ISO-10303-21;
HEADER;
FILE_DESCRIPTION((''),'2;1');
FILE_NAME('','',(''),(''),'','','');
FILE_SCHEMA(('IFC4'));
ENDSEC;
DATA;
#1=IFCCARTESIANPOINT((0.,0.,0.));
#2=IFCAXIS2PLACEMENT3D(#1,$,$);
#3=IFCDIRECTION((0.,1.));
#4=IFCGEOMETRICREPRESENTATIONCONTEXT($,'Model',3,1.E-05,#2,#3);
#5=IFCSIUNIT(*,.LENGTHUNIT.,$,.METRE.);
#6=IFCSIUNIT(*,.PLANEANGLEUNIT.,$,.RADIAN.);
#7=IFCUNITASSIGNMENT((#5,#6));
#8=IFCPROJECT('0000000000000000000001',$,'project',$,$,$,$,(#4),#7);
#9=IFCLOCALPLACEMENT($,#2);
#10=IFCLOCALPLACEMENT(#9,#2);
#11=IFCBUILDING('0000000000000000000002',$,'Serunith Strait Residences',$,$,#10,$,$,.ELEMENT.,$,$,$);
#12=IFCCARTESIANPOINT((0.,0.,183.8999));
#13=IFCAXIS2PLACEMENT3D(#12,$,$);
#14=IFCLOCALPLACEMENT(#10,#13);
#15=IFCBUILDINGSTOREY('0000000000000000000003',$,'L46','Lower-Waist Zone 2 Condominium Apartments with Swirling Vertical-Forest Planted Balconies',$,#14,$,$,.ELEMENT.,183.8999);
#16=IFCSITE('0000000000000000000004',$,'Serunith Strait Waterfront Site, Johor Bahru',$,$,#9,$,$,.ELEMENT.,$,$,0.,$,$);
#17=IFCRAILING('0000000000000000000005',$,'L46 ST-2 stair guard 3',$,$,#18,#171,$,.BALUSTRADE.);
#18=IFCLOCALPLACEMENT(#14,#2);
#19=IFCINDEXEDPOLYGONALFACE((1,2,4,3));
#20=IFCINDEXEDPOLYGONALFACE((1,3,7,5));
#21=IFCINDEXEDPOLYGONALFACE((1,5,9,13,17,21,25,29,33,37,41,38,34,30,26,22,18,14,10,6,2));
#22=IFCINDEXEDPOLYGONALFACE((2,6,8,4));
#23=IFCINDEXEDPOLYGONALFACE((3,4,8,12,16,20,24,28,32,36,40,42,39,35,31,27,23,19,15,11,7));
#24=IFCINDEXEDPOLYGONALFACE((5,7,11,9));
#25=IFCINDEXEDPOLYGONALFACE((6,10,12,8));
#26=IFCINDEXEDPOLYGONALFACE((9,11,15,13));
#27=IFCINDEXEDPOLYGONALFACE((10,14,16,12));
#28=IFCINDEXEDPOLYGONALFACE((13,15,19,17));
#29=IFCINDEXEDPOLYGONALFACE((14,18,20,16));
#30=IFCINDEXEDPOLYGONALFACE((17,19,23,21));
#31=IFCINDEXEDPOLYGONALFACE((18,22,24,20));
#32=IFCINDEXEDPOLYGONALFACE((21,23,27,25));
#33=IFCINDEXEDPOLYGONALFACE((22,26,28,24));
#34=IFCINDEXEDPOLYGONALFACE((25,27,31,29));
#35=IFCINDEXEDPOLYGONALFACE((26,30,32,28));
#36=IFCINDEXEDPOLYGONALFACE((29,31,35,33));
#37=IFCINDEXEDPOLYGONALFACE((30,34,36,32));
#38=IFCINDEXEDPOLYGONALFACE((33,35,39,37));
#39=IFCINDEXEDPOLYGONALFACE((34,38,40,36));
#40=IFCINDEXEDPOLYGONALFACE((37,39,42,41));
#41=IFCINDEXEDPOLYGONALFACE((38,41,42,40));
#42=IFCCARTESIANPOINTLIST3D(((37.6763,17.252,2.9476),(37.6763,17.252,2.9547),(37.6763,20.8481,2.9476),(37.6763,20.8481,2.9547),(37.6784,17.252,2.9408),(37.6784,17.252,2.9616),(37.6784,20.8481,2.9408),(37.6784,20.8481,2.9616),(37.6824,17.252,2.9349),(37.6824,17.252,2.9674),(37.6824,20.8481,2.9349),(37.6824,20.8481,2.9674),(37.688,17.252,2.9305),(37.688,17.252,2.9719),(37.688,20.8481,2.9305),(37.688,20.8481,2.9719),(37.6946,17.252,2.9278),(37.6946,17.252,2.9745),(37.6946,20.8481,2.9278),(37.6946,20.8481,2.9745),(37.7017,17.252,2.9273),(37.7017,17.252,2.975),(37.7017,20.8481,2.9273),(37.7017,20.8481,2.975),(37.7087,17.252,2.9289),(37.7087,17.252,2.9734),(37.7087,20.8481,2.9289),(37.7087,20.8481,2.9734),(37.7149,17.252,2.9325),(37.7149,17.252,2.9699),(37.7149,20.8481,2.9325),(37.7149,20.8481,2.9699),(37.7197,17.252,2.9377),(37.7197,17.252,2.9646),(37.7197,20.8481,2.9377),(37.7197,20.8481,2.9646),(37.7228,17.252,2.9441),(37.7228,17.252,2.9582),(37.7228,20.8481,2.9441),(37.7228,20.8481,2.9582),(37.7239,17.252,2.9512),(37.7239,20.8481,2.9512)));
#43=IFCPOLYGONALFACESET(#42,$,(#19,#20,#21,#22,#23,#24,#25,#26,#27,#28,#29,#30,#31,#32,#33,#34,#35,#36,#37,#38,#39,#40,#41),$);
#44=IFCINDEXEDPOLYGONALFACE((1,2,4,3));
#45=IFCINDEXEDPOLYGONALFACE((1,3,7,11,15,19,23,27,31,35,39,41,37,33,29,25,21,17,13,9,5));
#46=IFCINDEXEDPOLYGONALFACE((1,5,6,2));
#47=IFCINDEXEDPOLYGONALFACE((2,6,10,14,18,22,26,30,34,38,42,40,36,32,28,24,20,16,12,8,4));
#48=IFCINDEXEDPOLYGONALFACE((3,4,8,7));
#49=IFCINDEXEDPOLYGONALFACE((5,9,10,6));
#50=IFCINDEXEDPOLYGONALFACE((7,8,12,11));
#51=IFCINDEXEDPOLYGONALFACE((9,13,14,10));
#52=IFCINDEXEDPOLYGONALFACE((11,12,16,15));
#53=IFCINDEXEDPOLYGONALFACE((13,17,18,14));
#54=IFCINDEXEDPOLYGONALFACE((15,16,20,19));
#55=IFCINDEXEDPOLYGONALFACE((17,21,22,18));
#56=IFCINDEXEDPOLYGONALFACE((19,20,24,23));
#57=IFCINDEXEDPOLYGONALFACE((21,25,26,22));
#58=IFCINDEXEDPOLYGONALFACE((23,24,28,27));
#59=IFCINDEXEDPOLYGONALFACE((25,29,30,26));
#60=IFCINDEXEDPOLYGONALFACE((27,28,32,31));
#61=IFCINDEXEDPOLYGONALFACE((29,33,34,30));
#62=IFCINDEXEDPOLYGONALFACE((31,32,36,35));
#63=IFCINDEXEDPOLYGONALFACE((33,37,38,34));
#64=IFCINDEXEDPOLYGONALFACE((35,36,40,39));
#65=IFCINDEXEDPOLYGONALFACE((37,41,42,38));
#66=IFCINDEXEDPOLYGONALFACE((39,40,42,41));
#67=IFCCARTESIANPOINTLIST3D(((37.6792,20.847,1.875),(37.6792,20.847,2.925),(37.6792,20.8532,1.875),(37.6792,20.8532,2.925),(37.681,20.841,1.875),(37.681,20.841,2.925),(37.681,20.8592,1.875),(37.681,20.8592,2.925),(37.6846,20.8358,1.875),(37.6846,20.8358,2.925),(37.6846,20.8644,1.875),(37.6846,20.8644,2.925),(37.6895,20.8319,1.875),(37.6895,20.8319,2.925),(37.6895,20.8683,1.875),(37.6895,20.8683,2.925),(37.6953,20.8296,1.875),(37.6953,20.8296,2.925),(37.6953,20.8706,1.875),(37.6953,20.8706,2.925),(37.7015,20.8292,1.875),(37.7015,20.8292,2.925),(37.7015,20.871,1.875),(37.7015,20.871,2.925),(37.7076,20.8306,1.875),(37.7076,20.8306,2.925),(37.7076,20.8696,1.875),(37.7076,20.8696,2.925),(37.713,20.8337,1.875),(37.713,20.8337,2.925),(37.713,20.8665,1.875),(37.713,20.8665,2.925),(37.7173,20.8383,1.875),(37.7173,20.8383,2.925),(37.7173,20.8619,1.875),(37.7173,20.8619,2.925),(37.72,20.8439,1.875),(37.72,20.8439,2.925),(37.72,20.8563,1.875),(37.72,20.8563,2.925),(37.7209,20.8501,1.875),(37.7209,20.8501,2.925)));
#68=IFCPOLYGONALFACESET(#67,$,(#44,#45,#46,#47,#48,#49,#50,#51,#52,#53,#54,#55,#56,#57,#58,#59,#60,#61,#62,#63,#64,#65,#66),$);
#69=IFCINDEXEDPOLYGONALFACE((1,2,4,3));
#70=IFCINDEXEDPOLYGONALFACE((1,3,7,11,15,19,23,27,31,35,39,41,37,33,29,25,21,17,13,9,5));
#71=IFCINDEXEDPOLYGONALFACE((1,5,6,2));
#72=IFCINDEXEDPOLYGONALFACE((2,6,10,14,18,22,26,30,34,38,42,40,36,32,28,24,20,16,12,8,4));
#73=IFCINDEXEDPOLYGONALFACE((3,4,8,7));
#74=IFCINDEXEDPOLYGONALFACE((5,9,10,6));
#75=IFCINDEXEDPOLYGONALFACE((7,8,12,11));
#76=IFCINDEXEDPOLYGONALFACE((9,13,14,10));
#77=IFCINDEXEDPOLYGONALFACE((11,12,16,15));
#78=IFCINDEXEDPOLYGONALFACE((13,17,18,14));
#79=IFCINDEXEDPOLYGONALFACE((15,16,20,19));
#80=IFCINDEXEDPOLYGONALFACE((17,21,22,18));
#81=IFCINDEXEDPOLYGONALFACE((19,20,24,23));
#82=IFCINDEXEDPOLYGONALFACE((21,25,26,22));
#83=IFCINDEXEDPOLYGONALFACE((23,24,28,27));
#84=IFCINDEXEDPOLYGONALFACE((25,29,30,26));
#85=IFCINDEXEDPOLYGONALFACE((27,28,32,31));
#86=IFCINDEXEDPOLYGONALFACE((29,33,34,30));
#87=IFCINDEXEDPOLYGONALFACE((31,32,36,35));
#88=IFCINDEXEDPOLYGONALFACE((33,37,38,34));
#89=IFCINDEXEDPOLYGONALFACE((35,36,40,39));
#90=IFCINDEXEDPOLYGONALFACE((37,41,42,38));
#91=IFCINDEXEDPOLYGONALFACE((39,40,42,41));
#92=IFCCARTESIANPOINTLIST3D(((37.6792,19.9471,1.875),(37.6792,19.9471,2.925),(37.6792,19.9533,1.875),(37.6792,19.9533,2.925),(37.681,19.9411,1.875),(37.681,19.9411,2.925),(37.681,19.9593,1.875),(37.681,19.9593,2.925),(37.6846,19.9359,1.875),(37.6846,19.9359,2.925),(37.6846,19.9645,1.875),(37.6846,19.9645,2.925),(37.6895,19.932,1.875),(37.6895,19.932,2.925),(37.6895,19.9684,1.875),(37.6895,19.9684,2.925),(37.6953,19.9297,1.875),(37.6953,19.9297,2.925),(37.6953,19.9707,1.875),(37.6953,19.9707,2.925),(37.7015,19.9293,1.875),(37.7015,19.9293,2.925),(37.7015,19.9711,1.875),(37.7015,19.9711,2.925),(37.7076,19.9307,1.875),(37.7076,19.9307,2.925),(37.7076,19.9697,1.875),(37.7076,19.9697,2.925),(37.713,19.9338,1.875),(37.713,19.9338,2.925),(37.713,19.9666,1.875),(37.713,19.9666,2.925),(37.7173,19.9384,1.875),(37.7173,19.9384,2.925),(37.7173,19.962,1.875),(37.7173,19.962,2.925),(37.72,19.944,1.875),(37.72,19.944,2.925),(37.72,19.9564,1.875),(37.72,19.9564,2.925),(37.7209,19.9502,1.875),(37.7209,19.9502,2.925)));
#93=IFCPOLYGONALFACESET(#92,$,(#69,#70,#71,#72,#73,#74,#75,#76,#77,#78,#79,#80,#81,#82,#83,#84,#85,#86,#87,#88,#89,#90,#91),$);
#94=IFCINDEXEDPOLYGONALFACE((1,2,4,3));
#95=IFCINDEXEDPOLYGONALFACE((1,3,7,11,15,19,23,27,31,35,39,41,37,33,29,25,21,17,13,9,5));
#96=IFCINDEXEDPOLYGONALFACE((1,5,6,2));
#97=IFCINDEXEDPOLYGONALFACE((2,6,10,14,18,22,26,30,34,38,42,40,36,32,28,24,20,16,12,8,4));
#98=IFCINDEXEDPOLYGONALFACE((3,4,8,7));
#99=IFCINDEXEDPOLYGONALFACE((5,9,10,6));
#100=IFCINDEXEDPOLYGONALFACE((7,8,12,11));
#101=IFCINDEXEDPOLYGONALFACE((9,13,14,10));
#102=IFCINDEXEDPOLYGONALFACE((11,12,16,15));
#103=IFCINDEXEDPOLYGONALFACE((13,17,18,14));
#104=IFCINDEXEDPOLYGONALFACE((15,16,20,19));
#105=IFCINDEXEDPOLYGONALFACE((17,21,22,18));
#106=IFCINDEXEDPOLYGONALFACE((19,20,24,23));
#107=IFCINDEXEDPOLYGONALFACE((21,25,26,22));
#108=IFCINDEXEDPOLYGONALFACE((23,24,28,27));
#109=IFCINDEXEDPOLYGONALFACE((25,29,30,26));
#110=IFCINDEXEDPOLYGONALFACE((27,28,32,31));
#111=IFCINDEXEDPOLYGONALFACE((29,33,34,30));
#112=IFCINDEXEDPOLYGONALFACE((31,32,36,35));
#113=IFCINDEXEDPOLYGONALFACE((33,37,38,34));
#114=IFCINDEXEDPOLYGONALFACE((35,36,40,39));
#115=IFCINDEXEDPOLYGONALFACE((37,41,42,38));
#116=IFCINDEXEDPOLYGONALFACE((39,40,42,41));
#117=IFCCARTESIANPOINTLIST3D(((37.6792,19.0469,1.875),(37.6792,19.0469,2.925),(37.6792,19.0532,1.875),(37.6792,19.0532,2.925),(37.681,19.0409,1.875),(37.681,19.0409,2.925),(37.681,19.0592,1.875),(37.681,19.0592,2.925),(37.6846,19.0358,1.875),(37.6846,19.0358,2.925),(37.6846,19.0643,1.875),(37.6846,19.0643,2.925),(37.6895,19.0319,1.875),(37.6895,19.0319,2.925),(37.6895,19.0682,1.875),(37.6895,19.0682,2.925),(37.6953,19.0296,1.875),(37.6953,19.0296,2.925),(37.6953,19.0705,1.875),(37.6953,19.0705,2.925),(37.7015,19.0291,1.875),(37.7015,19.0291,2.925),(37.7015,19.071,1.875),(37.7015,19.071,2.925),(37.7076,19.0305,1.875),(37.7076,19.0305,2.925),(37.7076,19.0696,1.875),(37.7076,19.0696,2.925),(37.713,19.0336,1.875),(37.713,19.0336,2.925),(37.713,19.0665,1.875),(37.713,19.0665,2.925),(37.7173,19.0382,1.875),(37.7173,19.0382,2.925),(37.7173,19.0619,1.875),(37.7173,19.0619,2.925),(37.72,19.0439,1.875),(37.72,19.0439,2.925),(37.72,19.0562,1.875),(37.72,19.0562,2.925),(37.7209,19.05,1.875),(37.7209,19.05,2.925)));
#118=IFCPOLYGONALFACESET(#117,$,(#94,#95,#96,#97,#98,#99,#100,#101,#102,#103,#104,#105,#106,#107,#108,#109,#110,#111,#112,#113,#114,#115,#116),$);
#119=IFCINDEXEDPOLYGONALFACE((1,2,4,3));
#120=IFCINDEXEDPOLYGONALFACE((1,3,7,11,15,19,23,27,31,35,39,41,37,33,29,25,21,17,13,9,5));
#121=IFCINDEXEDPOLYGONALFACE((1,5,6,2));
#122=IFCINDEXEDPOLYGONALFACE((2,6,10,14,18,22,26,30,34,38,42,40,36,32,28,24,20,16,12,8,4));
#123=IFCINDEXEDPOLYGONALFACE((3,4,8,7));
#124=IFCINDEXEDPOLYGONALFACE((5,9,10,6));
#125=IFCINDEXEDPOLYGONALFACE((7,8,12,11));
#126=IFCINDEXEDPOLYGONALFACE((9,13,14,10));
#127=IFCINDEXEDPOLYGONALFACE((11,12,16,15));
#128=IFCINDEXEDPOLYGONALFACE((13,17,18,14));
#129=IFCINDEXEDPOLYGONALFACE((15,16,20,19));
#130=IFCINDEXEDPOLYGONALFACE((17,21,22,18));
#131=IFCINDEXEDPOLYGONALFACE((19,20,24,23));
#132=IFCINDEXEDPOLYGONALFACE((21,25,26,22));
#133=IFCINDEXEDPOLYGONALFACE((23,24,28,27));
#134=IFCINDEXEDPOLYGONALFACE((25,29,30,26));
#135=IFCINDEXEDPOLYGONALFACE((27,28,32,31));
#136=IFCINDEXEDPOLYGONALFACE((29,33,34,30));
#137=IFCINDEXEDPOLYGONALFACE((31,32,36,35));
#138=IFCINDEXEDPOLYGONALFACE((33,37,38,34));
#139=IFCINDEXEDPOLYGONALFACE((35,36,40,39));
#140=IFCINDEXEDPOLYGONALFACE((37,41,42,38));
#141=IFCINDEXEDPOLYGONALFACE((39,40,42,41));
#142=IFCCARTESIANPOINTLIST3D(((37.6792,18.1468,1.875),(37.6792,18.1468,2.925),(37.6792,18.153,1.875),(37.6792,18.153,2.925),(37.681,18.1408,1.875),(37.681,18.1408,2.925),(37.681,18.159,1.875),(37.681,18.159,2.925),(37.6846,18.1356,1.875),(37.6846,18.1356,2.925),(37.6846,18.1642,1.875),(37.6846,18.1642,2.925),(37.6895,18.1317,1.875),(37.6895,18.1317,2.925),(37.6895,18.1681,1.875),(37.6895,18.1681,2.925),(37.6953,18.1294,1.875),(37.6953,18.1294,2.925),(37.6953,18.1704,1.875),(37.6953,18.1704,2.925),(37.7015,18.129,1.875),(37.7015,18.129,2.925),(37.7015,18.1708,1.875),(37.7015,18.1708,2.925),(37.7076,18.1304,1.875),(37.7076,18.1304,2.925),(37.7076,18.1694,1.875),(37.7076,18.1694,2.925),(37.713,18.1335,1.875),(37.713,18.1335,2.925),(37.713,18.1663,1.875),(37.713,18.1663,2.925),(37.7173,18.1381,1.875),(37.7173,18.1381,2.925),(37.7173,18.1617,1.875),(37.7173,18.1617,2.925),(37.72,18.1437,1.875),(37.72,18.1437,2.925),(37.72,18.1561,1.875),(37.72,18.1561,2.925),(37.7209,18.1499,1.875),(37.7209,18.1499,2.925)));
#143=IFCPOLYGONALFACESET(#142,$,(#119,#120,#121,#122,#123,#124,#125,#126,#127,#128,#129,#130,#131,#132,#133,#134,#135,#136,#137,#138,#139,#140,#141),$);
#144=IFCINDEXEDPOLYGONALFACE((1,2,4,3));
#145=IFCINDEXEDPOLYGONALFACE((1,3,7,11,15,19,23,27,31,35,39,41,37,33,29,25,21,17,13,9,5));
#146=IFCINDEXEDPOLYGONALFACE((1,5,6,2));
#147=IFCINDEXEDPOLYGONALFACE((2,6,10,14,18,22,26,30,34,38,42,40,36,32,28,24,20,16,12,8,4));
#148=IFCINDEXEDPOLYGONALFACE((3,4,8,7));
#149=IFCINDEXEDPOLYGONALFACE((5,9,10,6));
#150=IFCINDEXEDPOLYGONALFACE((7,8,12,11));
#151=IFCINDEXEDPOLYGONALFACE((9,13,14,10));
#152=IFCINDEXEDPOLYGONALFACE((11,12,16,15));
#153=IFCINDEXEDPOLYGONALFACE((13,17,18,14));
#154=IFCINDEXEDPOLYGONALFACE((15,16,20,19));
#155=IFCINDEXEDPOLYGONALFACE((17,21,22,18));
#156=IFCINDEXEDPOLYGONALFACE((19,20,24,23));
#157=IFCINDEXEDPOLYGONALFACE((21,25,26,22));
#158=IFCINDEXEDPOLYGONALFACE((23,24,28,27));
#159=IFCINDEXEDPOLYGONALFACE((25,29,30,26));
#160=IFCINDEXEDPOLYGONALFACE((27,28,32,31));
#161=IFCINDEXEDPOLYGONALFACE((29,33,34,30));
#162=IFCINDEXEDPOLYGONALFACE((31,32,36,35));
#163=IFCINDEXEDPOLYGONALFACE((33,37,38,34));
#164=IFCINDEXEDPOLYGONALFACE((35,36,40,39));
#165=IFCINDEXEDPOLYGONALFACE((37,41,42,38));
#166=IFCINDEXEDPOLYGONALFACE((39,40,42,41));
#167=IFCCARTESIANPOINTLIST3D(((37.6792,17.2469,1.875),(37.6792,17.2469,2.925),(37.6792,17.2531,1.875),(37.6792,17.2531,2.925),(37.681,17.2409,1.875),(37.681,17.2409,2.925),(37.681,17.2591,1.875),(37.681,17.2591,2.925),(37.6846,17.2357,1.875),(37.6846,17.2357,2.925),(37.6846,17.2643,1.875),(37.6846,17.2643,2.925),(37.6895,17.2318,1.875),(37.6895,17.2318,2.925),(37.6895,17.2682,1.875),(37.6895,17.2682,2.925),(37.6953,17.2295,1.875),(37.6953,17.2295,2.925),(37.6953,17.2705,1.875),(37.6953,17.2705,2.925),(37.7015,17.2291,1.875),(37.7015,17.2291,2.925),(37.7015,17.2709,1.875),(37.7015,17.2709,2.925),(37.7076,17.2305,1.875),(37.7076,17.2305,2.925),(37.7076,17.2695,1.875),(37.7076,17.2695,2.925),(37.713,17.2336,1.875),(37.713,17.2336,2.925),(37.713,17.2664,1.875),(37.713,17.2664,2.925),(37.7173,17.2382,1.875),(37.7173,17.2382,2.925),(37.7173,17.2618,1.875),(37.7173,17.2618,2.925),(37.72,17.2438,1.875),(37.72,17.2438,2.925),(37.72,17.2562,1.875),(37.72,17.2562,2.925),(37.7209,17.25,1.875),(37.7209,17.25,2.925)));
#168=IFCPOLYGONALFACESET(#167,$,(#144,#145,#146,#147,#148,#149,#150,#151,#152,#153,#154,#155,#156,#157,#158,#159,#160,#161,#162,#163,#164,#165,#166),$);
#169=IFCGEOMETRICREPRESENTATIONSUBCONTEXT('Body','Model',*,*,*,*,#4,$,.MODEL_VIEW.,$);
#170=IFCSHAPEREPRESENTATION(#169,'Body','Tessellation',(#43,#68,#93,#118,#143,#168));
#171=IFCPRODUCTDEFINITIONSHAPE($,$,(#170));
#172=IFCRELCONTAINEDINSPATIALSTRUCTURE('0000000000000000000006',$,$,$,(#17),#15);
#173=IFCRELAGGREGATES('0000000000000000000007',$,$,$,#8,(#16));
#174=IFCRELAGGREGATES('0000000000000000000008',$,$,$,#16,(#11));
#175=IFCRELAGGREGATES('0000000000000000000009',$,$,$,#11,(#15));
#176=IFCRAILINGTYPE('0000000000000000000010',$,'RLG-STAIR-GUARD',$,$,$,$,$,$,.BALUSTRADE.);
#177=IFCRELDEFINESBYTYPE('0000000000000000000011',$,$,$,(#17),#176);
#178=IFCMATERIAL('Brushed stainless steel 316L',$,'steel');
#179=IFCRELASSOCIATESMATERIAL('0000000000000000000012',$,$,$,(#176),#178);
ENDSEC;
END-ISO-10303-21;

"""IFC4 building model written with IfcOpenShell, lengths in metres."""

from ifc_helpers import new_model, si_unit, direction, frame, origin, origin_2d, place, context, subcontext, project, spatial, circle, extrude, material, type_object, element, save


model = new_model("IFC4")

# Units and contexts
model_context = context("Model", 3, precision=1e-05, world=origin(), true_north=direction((0.0, 1.0)))
body_context = subcontext(model_context, "Body", "Model", "MODEL_VIEW")
ifc_project = project(units=[si_unit("LENGTHUNIT", "METRE"), si_unit("PLANEANGLEUNIT", "RADIAN")], contexts=[model_context])

# Site, building, storey
site_placement = place(None, origin())
site = spatial("IfcSite", under=ifc_project, at=site_placement, Name="Serunith Strait Waterfront Site, Johor Bahru", CompositionType="ELEMENT", RefElevation=0.0)
building_placement = place(site_placement, origin())
building = spatial("IfcBuilding", under=site, at=building_placement, Name="Serunith Strait Residences", CompositionType="ELEMENT")
storey_placement = place(building_placement, frame((0.0, 0.0, 183.8999)))
storey = spatial("IfcBuildingStorey", under=building, at=storey_placement, Name="L46", Description="Lower-Waist Zone 2 Condominium Apartments with Swirling Vertical-Forest Planted Balconies", CompositionType="ELEMENT", Elevation=183.8999)

# Railing
ifc_material_1 = material(Name="Brushed stainless steel 316L", Category="steel")
railing_type_1 = type_object("IfcRailingType", Name="RLG-STAIR-GUARD", PredefinedType="BALUSTRADE", material=ifc_material_1)
for number, where, name in (
    (1, (37.7, 20.8501, 1.875), "L46 ST-2 stair guard 3"),
):
    element("IfcRailing", number, at=place(storey_placement, frame(where)), inside=storey, type_object=railing_type_1, Name=name, PredefinedType="BALUSTRADE", context=body_context, shape_type="SweptSolid", body=[
        extrude(circle(Radius=0.0239, at=origin_2d()), frame((0.0, -0.002, 1.0762), z_axis=(0.0, -1.0, 0.0), x_axis=(1.0, 0.0, 0.0)), (0.0, 0.0, 1.0), 3.5962),
        extrude(circle(Radius=0.021, at=origin_2d()), origin(), (0.0, 0.0, 1.0), 1.05),
        extrude(circle(Radius=0.021, at=origin_2d()), frame((0.0, -0.8999, 0.0)), (0.0, 0.0, 1.0), 1.05),
        extrude(circle(Radius=0.021, at=origin_2d()), frame((0.0, -1.8, 0.0)), (0.0, 0.0, 1.0), 1.05),
        extrude(circle(Radius=0.021, at=origin_2d()), frame((0.0, -2.7002, 0.0)), (0.0, 0.0, 1.0), 1.05),
        extrude(circle(Radius=0.021, at=origin_2d()), frame((0.0, -3.6001, 0.0)), (0.0, 0.0, 1.0), 1.05),
    ])

save(model, "model.ifc")
